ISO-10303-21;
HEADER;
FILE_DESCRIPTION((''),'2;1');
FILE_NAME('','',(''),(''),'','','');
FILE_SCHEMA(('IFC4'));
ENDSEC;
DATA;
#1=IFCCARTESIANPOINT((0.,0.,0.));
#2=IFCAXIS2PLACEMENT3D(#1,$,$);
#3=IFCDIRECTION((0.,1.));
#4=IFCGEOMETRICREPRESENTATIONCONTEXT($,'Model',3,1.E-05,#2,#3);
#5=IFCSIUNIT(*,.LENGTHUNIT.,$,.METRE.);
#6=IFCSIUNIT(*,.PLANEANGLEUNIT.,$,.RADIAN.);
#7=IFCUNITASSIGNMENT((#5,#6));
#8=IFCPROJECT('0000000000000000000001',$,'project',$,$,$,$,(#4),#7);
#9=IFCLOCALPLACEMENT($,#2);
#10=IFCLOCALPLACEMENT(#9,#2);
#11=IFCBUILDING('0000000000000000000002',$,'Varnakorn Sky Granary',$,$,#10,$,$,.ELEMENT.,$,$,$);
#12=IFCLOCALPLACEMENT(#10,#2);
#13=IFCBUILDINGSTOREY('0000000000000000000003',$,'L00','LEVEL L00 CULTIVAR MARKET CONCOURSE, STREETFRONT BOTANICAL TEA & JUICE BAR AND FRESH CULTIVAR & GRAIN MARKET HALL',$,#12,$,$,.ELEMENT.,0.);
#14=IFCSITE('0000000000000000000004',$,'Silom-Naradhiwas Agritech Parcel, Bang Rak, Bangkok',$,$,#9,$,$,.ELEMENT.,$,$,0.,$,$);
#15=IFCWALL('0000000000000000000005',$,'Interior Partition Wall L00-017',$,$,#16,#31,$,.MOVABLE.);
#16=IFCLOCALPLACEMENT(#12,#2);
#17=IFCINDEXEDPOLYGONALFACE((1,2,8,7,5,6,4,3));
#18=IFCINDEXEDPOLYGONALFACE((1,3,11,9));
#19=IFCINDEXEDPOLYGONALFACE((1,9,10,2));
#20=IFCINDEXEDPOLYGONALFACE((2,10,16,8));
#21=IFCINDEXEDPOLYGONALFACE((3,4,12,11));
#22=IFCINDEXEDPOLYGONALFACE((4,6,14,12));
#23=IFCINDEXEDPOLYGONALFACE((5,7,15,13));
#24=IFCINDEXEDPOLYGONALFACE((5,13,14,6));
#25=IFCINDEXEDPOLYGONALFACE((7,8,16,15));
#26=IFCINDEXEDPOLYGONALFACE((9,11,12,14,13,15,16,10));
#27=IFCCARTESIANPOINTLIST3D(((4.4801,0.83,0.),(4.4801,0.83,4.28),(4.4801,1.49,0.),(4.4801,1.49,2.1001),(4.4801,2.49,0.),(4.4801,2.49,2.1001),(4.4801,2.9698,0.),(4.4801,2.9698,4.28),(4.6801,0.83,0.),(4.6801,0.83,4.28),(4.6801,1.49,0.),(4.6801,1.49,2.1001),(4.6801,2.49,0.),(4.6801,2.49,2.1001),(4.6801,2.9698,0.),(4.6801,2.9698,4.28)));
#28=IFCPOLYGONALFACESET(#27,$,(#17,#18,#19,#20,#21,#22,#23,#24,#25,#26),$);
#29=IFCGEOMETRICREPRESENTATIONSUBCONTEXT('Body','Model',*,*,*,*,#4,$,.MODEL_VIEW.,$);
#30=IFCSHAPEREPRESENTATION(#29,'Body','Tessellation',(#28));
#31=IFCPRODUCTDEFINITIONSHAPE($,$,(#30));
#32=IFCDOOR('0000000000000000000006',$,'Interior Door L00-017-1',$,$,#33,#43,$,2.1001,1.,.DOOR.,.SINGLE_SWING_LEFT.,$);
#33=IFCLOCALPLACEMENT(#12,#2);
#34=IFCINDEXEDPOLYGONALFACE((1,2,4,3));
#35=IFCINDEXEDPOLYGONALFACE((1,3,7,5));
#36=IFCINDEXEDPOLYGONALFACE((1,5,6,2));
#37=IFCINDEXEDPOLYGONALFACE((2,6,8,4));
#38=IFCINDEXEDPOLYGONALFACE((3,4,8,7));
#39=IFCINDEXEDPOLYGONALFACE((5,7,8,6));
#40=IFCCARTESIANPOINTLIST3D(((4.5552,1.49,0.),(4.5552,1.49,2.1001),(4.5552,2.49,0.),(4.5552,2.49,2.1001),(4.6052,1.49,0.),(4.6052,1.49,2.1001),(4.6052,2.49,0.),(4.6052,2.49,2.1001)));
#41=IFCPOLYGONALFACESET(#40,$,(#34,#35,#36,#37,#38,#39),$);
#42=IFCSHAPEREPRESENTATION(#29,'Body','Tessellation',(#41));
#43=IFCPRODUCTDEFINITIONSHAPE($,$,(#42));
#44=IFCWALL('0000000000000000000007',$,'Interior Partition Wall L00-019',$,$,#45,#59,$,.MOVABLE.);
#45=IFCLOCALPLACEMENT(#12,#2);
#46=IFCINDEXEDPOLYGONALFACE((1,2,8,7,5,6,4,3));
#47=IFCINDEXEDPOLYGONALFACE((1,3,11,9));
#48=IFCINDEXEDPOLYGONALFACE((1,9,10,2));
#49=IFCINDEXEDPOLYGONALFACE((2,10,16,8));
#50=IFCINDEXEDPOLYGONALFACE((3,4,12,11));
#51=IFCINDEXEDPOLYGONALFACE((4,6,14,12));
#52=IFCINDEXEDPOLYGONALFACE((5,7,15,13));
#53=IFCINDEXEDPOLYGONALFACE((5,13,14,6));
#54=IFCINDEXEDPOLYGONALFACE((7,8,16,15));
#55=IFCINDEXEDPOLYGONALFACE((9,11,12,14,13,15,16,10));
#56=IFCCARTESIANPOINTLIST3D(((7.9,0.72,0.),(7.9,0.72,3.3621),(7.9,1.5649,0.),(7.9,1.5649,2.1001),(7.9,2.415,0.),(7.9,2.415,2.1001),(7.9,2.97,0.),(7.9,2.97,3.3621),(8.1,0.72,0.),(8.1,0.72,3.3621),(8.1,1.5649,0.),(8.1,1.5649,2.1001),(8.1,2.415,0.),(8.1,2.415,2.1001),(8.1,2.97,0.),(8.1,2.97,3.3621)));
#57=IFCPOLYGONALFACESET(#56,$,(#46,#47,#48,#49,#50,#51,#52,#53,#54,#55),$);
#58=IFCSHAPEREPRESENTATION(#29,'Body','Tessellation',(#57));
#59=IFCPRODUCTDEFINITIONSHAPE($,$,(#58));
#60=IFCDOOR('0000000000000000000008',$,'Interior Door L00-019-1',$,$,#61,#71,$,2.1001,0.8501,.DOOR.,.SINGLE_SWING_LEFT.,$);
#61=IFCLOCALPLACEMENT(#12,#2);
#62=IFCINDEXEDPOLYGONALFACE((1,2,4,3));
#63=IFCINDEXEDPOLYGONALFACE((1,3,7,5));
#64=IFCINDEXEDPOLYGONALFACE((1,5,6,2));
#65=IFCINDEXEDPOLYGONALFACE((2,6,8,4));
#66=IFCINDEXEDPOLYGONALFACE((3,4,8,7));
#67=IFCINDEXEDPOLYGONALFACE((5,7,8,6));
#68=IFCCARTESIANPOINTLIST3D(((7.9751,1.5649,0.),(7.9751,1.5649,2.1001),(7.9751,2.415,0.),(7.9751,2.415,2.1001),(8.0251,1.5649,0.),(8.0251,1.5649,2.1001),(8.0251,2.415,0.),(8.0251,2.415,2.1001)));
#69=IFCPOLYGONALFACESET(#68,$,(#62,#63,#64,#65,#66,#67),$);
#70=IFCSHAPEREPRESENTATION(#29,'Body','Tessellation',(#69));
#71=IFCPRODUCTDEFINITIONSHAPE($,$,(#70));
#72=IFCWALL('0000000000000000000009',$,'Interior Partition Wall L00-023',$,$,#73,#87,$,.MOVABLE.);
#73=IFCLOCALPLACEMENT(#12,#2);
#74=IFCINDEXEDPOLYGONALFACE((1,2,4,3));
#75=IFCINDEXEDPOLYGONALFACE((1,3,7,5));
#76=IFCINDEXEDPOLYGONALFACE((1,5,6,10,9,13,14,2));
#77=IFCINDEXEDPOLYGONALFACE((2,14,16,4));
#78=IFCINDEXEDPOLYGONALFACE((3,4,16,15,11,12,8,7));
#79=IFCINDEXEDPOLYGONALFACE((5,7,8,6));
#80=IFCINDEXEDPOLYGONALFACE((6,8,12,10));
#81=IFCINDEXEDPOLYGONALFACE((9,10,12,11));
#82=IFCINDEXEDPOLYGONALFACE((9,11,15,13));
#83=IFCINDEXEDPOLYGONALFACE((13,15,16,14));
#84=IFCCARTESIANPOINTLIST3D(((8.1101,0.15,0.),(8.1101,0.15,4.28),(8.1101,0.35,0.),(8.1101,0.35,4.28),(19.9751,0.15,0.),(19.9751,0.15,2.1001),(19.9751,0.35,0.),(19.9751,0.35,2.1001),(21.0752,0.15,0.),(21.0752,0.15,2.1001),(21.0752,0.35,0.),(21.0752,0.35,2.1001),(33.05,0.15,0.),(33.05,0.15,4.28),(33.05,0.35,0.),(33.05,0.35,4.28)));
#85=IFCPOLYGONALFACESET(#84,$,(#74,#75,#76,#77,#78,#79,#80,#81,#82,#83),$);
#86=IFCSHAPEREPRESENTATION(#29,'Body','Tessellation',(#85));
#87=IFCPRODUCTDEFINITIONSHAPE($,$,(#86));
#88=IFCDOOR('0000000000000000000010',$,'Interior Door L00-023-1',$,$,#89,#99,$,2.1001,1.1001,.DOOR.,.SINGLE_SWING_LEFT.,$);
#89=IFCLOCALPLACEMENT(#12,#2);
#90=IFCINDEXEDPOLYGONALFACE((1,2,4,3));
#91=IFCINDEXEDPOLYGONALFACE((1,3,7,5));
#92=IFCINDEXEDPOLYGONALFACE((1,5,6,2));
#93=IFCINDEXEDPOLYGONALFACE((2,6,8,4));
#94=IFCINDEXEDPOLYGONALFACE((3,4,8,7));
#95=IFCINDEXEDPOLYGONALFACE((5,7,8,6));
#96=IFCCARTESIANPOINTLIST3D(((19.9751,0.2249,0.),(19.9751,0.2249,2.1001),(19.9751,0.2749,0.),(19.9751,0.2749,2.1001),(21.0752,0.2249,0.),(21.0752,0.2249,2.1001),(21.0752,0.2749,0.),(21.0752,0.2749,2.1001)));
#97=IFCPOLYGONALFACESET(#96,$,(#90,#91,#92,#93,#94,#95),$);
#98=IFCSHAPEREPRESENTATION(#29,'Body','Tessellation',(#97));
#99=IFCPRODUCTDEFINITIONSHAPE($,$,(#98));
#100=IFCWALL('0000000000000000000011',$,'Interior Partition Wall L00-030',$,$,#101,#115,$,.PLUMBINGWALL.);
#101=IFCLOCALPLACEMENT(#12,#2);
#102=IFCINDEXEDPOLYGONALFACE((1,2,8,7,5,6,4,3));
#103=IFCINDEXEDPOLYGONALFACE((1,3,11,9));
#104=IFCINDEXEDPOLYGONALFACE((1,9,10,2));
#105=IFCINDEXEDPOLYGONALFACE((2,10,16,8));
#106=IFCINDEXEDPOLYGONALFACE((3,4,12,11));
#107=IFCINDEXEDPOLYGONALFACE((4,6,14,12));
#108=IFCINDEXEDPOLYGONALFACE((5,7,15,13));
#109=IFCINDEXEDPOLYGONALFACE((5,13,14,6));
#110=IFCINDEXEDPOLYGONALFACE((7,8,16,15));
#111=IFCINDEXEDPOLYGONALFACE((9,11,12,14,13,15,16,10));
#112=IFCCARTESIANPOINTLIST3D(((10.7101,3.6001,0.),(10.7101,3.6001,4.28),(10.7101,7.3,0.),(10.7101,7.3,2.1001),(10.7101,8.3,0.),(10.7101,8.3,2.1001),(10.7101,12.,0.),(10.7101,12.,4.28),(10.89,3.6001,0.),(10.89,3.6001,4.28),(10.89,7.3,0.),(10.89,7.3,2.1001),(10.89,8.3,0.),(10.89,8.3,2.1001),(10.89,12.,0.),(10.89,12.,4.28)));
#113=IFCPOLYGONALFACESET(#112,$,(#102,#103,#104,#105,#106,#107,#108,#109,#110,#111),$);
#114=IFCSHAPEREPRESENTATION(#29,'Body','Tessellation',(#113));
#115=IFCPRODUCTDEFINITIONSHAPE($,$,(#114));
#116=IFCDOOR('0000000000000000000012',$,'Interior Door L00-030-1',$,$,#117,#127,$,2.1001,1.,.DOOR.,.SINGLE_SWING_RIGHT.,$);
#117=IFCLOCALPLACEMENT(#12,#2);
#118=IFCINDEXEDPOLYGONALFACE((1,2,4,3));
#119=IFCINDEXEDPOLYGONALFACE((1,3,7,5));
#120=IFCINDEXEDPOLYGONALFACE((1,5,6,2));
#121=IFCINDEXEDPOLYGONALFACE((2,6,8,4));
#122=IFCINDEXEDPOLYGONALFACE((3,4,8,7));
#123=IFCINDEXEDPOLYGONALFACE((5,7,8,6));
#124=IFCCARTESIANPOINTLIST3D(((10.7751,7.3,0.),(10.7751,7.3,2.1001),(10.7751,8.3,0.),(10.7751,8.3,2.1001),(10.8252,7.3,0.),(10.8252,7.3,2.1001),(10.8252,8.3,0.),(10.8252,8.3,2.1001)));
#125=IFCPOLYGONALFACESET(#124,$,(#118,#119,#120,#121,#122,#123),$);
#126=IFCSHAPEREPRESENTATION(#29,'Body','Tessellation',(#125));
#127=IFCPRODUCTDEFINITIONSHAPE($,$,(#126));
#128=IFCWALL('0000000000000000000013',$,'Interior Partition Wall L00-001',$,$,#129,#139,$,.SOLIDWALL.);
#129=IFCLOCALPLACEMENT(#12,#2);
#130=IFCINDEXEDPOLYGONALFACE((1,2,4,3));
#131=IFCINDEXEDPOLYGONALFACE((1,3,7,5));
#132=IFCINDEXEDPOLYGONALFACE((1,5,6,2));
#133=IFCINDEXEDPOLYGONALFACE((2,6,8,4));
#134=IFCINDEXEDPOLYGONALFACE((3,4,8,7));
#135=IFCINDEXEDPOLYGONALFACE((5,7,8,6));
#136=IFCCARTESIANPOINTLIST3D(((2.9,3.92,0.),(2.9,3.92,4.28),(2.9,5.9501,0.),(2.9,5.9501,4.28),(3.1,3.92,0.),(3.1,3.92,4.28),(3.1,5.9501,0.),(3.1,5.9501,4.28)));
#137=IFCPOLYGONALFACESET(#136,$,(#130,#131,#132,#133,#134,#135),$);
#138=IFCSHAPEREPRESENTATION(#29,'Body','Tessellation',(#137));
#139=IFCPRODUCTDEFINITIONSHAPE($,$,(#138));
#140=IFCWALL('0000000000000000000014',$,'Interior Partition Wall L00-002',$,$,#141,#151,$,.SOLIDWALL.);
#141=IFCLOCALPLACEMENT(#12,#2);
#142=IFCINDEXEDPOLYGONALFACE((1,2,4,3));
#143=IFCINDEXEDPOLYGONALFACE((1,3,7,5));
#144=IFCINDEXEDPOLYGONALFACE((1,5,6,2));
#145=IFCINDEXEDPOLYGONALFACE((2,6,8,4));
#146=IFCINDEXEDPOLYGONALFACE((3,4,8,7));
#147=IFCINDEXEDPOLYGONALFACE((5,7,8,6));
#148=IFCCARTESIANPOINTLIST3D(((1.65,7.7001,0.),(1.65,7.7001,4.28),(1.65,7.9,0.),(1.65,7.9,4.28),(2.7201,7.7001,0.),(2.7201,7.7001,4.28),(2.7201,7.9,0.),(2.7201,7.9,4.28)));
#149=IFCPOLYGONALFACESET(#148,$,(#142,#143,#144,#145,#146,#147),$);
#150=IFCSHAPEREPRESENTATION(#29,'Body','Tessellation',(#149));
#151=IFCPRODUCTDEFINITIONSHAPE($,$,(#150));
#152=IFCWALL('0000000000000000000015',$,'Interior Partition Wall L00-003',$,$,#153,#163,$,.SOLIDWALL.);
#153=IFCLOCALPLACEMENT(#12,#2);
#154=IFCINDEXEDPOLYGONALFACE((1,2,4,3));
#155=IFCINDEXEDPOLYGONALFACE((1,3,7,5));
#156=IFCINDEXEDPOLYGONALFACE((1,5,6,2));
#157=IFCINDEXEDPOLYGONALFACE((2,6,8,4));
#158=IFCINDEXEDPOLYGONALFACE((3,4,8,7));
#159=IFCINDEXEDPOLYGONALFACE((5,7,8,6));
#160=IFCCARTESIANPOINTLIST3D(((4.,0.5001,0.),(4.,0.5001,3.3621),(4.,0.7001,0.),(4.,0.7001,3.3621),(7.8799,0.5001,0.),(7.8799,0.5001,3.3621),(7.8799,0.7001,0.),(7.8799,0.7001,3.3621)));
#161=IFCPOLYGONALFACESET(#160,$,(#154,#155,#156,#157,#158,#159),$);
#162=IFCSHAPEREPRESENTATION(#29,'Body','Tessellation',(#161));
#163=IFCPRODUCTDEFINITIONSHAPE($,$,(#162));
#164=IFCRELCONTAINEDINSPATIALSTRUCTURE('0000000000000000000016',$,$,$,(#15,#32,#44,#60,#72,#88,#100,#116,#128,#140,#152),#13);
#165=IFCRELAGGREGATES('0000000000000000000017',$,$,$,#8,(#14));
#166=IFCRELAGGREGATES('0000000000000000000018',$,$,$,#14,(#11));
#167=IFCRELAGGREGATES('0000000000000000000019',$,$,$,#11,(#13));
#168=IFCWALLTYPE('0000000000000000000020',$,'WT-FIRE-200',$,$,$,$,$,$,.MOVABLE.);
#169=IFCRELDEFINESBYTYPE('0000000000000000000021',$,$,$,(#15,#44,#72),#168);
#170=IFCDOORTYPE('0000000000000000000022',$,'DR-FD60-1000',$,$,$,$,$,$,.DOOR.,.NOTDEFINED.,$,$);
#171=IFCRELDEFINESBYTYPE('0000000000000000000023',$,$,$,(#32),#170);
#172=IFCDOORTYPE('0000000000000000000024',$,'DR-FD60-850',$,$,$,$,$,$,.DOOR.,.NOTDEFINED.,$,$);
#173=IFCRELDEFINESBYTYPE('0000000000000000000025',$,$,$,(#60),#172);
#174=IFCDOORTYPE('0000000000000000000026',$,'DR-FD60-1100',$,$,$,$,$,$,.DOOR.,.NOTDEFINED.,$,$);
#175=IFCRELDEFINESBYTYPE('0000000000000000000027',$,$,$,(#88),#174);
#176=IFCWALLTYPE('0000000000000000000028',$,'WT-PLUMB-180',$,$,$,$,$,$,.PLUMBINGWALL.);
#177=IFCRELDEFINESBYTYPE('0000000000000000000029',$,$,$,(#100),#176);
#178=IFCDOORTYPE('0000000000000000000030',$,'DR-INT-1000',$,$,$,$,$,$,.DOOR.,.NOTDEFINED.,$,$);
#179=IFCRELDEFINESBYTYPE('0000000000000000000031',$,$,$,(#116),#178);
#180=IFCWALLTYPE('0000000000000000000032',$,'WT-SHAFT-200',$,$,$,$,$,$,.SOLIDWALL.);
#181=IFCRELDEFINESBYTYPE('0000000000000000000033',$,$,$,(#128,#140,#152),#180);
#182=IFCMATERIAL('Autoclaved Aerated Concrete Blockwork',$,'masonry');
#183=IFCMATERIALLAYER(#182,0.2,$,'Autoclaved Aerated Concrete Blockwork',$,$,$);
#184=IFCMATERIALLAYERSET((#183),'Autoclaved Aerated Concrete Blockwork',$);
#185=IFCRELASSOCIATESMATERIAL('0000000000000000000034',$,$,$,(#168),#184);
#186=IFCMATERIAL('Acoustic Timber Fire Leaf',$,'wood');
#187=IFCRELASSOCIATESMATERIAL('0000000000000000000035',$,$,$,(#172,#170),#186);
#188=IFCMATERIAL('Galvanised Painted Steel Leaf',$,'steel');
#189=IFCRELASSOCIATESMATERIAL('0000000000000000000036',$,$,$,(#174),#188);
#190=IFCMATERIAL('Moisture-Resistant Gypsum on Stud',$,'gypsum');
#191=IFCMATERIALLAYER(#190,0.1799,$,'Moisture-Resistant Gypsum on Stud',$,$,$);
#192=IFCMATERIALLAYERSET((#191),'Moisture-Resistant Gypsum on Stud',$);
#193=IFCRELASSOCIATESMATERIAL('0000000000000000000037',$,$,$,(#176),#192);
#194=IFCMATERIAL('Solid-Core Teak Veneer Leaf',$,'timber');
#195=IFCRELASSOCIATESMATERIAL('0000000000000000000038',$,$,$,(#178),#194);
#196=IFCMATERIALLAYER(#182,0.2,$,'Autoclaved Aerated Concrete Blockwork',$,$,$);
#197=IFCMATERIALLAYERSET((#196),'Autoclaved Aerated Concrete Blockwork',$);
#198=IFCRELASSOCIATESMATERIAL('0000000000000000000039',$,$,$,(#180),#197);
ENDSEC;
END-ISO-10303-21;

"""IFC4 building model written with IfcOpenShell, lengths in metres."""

from ifc_helpers import new_model, si_unit, direction, frame, frame_2d, origin, place, context, subcontext, project, spatial, rectangle, extrude, material, layer, layer_set, type_object, element, fill, save


model = new_model("IFC4")

# Units and contexts
model_context = context("Model", 3, precision=1e-05, world=origin(), true_north=direction((0.0, 1.0)))
body_context = subcontext(model_context, "Body", "Model", "MODEL_VIEW")
ifc_project = project(units=[si_unit("LENGTHUNIT", "METRE"), si_unit("PLANEANGLEUNIT", "RADIAN")], contexts=[model_context])

# Site, building, storey
site_placement = place(None, origin())
site = spatial("IfcSite", under=ifc_project, at=site_placement, Name="Silom-Naradhiwas Agritech Parcel, Bang Rak, Bangkok", CompositionType="ELEMENT", RefElevation=0.0)
building_placement = place(site_placement, origin())
building = spatial("IfcBuilding", under=site, at=building_placement, Name="Varnakorn Sky Granary", CompositionType="ELEMENT")
storey_placement = place(building_placement, origin())
storey = spatial("IfcBuildingStorey", under=building, at=storey_placement, Name="L00", Description="LEVEL L00 CULTIVAR MARKET CONCOURSE, STREETFRONT BOTANICAL TEA & JUICE BAR AND FRESH CULTIVAR & GRAIN MARKET HALL", CompositionType="ELEMENT", Elevation=0.0)

# Shared definitions
ifc_material_1 = material(Name="Autoclaved Aerated Concrete Blockwork", Category="masonry")
ifc_layer_1 = layer(ifc_material_1, 0.2, Name="Autoclaved Aerated Concrete Blockwork")
ifc_layer_set_1 = layer_set([ifc_layer_1], Name="Autoclaved Aerated Concrete Blockwork")
wall_type_1 = type_object("IfcWallType", Name="WT-FIRE-200", PredefinedType="MOVABLE", material=ifc_layer_set_1)
ifc_material_2 = material(Name="Acoustic Timber Fire Leaf", Category="wood")
door_type_1 = type_object("IfcDoorType", Name="DR-FD60-850", OperationType="NOTDEFINED", PredefinedType="DOOR", material=ifc_material_2)
ifc_material_3 = material(Name="Galvanised Painted Steel Leaf", Category="steel")

# Walls, openings, doors
wall_1_placement = place(storey_placement, frame((4.5801, 0.8301, 0.0), z_axis=(0.0, 0.0, 1.0), x_axis=(0.0, 1.0, 0.0)))
wall_1 = element("IfcWall", 1, at=wall_1_placement, inside=storey, type_object=wall_type_1, Name="Interior Partition Wall L00-017", PredefinedType="MOVABLE", context=body_context, shape_type="SweptSolid", body=[
    extrude(rectangle(XDim=2.1399, YDim=0.2, at=frame_2d((1.0698, 0.0))), origin(), (0.0, 0.0, 1.0), 4.28),
])
opening_1_placement = place(wall_1_placement, frame((0.6599, 0.0, 0.0)))
opening_1 = element("IfcOpeningElement", 2, at=opening_1_placement, cuts=wall_1, PredefinedType="OPENING", context=body_context, shape_type="SweptSolid", body=[
    extrude(rectangle(XDim=1.0, YDim=2.1001, at=frame_2d((0.5, 1.05))), frame((0.0, 0.1099, 0.0), z_axis=(0.0, -1.0, 0.0), x_axis=(1.0, 0.0, 0.0)), (0.0, 0.0, 1.0), 0.22),
])
door_type_2 = type_object("IfcDoorType", Name="DR-FD60-1000", OperationType="NOTDEFINED", PredefinedType="DOOR", material=ifc_material_2)
door_1_placement = place(opening_1_placement, origin())
door_1 = element("IfcDoor", 3, at=door_1_placement, inside=storey, type_object=door_type_2, Name="Interior Door L00-017-1", OperationType="SINGLE_SWING_LEFT", OverallHeight=2.1001, OverallWidth=1.0, PredefinedType="DOOR", context=body_context, shape_type="SweptSolid", body=[
    extrude(rectangle(XDim=1.0, YDim=2.1001, at=frame_2d((0.5, 1.05))), frame((0.0, 0.0249, 0.0), z_axis=(0.0, -1.0, 0.0), x_axis=(1.0, 0.0, 0.0)), (0.0, 0.0, 1.0), 0.05),
])
fill(opening_1, door_1)
wall_2_placement = place(storey_placement, frame((8.0, 0.72, 0.0), z_axis=(0.0, 0.0, 1.0), x_axis=(0.0, 1.0, 0.0)))
wall_2 = element("IfcWall", 4, at=wall_2_placement, inside=storey, type_object=wall_type_1, Name="Interior Partition Wall L00-019", PredefinedType="MOVABLE", context=body_context, shape_type="SweptSolid", body=[
    extrude(rectangle(XDim=2.25, YDim=0.2, at=frame_2d((1.125, 0.0))), origin(), (0.0, 0.0, 1.0), 3.3621),
])
opening_2_placement = place(wall_2_placement, frame((0.845, 0.0, 0.0)))
opening_2 = element("IfcOpeningElement", 5, at=opening_2_placement, cuts=wall_2, PredefinedType="OPENING", context=body_context, shape_type="SweptSolid", body=[
    extrude(rectangle(XDim=0.8501, YDim=2.1001, at=frame_2d((0.425, 1.05))), frame((0.0, 0.1099, 0.0), z_axis=(0.0, -1.0, 0.0), x_axis=(1.0, 0.0, 0.0)), (0.0, 0.0, 1.0), 0.22),
])
door_2_placement = place(opening_2_placement, origin())
door_2 = element("IfcDoor", 6, at=door_2_placement, inside=storey, type_object=door_type_1, Name="Interior Door L00-019-1", OperationType="SINGLE_SWING_LEFT", OverallHeight=2.1001, OverallWidth=0.8501, PredefinedType="DOOR", context=body_context, shape_type="SweptSolid", body=[
    extrude(rectangle(XDim=0.8501, YDim=2.1001, at=frame_2d((0.425, 1.05))), frame((0.0, 0.0249, 0.0), z_axis=(0.0, -1.0, 0.0), x_axis=(1.0, 0.0, 0.0)), (0.0, 0.0, 1.0), 0.05),
])
fill(opening_2, door_2)
wall_3_placement = place(storey_placement, frame((8.1101, 0.25, 0.0), z_axis=(0.0, 0.0, 1.0), x_axis=(1.0, 0.0, 0.0)))
wall_3 = element("IfcWall", 7, at=wall_3_placement, inside=storey, type_object=wall_type_1, Name="Interior Partition Wall L00-023", PredefinedType="MOVABLE", context=body_context, shape_type="SweptSolid", body=[
    extrude(rectangle(XDim=24.9399, YDim=0.2, at=frame_2d((12.47, 0.0))), origin(), (0.0, 0.0, 1.0), 4.28),
])
opening_3_placement = place(wall_3_placement, frame((11.865, 0.0, 0.0)))
opening_3 = element("IfcOpeningElement", 8, at=opening_3_placement, cuts=wall_3, PredefinedType="OPENING", context=body_context, shape_type="SweptSolid", body=[
    extrude(rectangle(XDim=1.1001, YDim=2.1001, at=frame_2d((0.55, 1.05))), frame((0.0, 0.1099, 0.0), z_axis=(0.0, -1.0, 0.0), x_axis=(1.0, 0.0, 0.0)), (0.0, 0.0, 1.0), 0.22),
])
door_type_3 = type_object("IfcDoorType", Name="DR-FD60-1100", OperationType="NOTDEFINED", PredefinedType="DOOR", material=ifc_material_3)
door_3_placement = place(opening_3_placement, origin())
door_3 = element("IfcDoor", 9, at=door_3_placement, inside=storey, type_object=door_type_3, Name="Interior Door L00-023-1", OperationType="SINGLE_SWING_LEFT", OverallHeight=2.1001, OverallWidth=1.1001, PredefinedType="DOOR", context=body_context, shape_type="SweptSolid", body=[
    extrude(rectangle(XDim=1.1001, YDim=2.1001, at=frame_2d((0.55, 1.05))), frame((0.0, 0.0249, 0.0), z_axis=(0.0, -1.0, 0.0), x_axis=(1.0, 0.0, 0.0)), (0.0, 0.0, 1.0), 0.05),
])
fill(opening_3, door_3)
ifc_material_4 = material(Name="Moisture-Resistant Gypsum on Stud", Category="gypsum")
ifc_layer_2 = layer(ifc_material_4, 0.1799, Name="Moisture-Resistant Gypsum on Stud")
ifc_layer_set_2 = layer_set([ifc_layer_2], Name="Moisture-Resistant Gypsum on Stud")
wall_type_2 = type_object("IfcWallType", Name="WT-PLUMB-180", PredefinedType="PLUMBINGWALL", material=ifc_layer_set_2)
wall_4_placement = place(storey_placement, frame((10.8, 3.6001, 0.0), z_axis=(0.0, 0.0, 1.0), x_axis=(0.0, 1.0, 0.0)))
wall_4 = element("IfcWall", 10, at=wall_4_placement, inside=storey, type_object=wall_type_2, Name="Interior Partition Wall L00-030", PredefinedType="PLUMBINGWALL", context=body_context, shape_type="SweptSolid", body=[
    extrude(rectangle(XDim=8.3999, YDim=0.1799, at=frame_2d((4.2, 0.0))), origin(), (0.0, 0.0, 1.0), 4.28),
])
opening_4_placement = place(wall_4_placement, frame((3.7, 0.0, 0.0)))
opening_4 = element("IfcOpeningElement", 11, at=opening_4_placement, cuts=wall_4, PredefinedType="OPENING", context=body_context, shape_type="SweptSolid", body=[
    extrude(rectangle(XDim=1.0, YDim=2.1001, at=frame_2d((0.5, 1.05))), frame((0.0, 0.1001, 0.0), z_axis=(0.0, -1.0, 0.0), x_axis=(1.0, 0.0, 0.0)), (0.0, 0.0, 1.0), 0.2),
])
ifc_material_5 = material(Name="Solid-Core Teak Veneer Leaf", Category="timber")
door_type_4 = type_object("IfcDoorType", Name="DR-INT-1000", OperationType="NOTDEFINED", PredefinedType="DOOR", material=ifc_material_5)
door_4_placement = place(opening_4_placement, origin())
door_4 = element("IfcDoor", 12, at=door_4_placement, inside=storey, type_object=door_type_4, Name="Interior Door L00-030-1", OperationType="SINGLE_SWING_RIGHT", OverallHeight=2.1001, OverallWidth=1.0, PredefinedType="DOOR", context=body_context, shape_type="SweptSolid", body=[
    extrude(rectangle(XDim=1.0, YDim=2.1001, at=frame_2d((0.5, 1.05))), frame((0.0, 0.0249, 0.0), z_axis=(0.0, -1.0, 0.0), x_axis=(1.0, 0.0, 0.0)), (0.0, 0.0, 1.0), 0.05),
])
fill(opening_4, door_4)

# Walls
ifc_layer_3 = layer(ifc_material_1, 0.2, Name="Autoclaved Aerated Concrete Blockwork")
ifc_layer_set_3 = layer_set([ifc_layer_3], Name="Autoclaved Aerated Concrete Blockwork")
wall_type_3 = type_object("IfcWallType", Name="WT-SHAFT-200", PredefinedType="SOLIDWALL", material=ifc_layer_set_3)
wall_5_placement = place(storey_placement, frame((3.0, 3.9199, 0.0), z_axis=(0.0, 0.0, 1.0), x_axis=(0.0, 1.0, 0.0)))
element("IfcWall", 13, at=wall_5_placement, inside=storey, type_object=wall_type_3, Name="Interior Partition Wall L00-001", PredefinedType="SOLIDWALL", context=body_context, shape_type="SweptSolid", body=[
    extrude(rectangle(XDim=2.03, YDim=0.2, at=frame_2d((1.0151, 0.0))), origin(), (0.0, 0.0, 1.0), 4.28),
])
wall_6_placement = place(storey_placement, frame((1.6499, 7.8, 0.0), z_axis=(0.0, 0.0, 1.0), x_axis=(1.0, 0.0, 0.0)))
element("IfcWall", 14, at=wall_6_placement, inside=storey, type_object=wall_type_3, Name="Interior Partition Wall L00-002", PredefinedType="SOLIDWALL", context=body_context, shape_type="SweptSolid", body=[
    extrude(rectangle(XDim=1.0701, YDim=0.2, at=frame_2d((0.5352, 0.0))), origin(), (0.0, 0.0, 1.0), 4.28),
])
wall_7_placement = place(storey_placement, frame((4.0, 0.6001, 0.0), z_axis=(0.0, 0.0, 1.0), x_axis=(1.0, 0.0, 0.0)))
element("IfcWall", 15, at=wall_7_placement, inside=storey, type_object=wall_type_3, Name="Interior Partition Wall L00-003", PredefinedType="SOLIDWALL", context=body_context, shape_type="SweptSolid", body=[
    extrude(rectangle(XDim=3.8799, YDim=0.2, at=frame_2d((1.9399, 0.0))), origin(), (0.0, 0.0, 1.0), 3.3621),
])

save(model, "model.ifc")
